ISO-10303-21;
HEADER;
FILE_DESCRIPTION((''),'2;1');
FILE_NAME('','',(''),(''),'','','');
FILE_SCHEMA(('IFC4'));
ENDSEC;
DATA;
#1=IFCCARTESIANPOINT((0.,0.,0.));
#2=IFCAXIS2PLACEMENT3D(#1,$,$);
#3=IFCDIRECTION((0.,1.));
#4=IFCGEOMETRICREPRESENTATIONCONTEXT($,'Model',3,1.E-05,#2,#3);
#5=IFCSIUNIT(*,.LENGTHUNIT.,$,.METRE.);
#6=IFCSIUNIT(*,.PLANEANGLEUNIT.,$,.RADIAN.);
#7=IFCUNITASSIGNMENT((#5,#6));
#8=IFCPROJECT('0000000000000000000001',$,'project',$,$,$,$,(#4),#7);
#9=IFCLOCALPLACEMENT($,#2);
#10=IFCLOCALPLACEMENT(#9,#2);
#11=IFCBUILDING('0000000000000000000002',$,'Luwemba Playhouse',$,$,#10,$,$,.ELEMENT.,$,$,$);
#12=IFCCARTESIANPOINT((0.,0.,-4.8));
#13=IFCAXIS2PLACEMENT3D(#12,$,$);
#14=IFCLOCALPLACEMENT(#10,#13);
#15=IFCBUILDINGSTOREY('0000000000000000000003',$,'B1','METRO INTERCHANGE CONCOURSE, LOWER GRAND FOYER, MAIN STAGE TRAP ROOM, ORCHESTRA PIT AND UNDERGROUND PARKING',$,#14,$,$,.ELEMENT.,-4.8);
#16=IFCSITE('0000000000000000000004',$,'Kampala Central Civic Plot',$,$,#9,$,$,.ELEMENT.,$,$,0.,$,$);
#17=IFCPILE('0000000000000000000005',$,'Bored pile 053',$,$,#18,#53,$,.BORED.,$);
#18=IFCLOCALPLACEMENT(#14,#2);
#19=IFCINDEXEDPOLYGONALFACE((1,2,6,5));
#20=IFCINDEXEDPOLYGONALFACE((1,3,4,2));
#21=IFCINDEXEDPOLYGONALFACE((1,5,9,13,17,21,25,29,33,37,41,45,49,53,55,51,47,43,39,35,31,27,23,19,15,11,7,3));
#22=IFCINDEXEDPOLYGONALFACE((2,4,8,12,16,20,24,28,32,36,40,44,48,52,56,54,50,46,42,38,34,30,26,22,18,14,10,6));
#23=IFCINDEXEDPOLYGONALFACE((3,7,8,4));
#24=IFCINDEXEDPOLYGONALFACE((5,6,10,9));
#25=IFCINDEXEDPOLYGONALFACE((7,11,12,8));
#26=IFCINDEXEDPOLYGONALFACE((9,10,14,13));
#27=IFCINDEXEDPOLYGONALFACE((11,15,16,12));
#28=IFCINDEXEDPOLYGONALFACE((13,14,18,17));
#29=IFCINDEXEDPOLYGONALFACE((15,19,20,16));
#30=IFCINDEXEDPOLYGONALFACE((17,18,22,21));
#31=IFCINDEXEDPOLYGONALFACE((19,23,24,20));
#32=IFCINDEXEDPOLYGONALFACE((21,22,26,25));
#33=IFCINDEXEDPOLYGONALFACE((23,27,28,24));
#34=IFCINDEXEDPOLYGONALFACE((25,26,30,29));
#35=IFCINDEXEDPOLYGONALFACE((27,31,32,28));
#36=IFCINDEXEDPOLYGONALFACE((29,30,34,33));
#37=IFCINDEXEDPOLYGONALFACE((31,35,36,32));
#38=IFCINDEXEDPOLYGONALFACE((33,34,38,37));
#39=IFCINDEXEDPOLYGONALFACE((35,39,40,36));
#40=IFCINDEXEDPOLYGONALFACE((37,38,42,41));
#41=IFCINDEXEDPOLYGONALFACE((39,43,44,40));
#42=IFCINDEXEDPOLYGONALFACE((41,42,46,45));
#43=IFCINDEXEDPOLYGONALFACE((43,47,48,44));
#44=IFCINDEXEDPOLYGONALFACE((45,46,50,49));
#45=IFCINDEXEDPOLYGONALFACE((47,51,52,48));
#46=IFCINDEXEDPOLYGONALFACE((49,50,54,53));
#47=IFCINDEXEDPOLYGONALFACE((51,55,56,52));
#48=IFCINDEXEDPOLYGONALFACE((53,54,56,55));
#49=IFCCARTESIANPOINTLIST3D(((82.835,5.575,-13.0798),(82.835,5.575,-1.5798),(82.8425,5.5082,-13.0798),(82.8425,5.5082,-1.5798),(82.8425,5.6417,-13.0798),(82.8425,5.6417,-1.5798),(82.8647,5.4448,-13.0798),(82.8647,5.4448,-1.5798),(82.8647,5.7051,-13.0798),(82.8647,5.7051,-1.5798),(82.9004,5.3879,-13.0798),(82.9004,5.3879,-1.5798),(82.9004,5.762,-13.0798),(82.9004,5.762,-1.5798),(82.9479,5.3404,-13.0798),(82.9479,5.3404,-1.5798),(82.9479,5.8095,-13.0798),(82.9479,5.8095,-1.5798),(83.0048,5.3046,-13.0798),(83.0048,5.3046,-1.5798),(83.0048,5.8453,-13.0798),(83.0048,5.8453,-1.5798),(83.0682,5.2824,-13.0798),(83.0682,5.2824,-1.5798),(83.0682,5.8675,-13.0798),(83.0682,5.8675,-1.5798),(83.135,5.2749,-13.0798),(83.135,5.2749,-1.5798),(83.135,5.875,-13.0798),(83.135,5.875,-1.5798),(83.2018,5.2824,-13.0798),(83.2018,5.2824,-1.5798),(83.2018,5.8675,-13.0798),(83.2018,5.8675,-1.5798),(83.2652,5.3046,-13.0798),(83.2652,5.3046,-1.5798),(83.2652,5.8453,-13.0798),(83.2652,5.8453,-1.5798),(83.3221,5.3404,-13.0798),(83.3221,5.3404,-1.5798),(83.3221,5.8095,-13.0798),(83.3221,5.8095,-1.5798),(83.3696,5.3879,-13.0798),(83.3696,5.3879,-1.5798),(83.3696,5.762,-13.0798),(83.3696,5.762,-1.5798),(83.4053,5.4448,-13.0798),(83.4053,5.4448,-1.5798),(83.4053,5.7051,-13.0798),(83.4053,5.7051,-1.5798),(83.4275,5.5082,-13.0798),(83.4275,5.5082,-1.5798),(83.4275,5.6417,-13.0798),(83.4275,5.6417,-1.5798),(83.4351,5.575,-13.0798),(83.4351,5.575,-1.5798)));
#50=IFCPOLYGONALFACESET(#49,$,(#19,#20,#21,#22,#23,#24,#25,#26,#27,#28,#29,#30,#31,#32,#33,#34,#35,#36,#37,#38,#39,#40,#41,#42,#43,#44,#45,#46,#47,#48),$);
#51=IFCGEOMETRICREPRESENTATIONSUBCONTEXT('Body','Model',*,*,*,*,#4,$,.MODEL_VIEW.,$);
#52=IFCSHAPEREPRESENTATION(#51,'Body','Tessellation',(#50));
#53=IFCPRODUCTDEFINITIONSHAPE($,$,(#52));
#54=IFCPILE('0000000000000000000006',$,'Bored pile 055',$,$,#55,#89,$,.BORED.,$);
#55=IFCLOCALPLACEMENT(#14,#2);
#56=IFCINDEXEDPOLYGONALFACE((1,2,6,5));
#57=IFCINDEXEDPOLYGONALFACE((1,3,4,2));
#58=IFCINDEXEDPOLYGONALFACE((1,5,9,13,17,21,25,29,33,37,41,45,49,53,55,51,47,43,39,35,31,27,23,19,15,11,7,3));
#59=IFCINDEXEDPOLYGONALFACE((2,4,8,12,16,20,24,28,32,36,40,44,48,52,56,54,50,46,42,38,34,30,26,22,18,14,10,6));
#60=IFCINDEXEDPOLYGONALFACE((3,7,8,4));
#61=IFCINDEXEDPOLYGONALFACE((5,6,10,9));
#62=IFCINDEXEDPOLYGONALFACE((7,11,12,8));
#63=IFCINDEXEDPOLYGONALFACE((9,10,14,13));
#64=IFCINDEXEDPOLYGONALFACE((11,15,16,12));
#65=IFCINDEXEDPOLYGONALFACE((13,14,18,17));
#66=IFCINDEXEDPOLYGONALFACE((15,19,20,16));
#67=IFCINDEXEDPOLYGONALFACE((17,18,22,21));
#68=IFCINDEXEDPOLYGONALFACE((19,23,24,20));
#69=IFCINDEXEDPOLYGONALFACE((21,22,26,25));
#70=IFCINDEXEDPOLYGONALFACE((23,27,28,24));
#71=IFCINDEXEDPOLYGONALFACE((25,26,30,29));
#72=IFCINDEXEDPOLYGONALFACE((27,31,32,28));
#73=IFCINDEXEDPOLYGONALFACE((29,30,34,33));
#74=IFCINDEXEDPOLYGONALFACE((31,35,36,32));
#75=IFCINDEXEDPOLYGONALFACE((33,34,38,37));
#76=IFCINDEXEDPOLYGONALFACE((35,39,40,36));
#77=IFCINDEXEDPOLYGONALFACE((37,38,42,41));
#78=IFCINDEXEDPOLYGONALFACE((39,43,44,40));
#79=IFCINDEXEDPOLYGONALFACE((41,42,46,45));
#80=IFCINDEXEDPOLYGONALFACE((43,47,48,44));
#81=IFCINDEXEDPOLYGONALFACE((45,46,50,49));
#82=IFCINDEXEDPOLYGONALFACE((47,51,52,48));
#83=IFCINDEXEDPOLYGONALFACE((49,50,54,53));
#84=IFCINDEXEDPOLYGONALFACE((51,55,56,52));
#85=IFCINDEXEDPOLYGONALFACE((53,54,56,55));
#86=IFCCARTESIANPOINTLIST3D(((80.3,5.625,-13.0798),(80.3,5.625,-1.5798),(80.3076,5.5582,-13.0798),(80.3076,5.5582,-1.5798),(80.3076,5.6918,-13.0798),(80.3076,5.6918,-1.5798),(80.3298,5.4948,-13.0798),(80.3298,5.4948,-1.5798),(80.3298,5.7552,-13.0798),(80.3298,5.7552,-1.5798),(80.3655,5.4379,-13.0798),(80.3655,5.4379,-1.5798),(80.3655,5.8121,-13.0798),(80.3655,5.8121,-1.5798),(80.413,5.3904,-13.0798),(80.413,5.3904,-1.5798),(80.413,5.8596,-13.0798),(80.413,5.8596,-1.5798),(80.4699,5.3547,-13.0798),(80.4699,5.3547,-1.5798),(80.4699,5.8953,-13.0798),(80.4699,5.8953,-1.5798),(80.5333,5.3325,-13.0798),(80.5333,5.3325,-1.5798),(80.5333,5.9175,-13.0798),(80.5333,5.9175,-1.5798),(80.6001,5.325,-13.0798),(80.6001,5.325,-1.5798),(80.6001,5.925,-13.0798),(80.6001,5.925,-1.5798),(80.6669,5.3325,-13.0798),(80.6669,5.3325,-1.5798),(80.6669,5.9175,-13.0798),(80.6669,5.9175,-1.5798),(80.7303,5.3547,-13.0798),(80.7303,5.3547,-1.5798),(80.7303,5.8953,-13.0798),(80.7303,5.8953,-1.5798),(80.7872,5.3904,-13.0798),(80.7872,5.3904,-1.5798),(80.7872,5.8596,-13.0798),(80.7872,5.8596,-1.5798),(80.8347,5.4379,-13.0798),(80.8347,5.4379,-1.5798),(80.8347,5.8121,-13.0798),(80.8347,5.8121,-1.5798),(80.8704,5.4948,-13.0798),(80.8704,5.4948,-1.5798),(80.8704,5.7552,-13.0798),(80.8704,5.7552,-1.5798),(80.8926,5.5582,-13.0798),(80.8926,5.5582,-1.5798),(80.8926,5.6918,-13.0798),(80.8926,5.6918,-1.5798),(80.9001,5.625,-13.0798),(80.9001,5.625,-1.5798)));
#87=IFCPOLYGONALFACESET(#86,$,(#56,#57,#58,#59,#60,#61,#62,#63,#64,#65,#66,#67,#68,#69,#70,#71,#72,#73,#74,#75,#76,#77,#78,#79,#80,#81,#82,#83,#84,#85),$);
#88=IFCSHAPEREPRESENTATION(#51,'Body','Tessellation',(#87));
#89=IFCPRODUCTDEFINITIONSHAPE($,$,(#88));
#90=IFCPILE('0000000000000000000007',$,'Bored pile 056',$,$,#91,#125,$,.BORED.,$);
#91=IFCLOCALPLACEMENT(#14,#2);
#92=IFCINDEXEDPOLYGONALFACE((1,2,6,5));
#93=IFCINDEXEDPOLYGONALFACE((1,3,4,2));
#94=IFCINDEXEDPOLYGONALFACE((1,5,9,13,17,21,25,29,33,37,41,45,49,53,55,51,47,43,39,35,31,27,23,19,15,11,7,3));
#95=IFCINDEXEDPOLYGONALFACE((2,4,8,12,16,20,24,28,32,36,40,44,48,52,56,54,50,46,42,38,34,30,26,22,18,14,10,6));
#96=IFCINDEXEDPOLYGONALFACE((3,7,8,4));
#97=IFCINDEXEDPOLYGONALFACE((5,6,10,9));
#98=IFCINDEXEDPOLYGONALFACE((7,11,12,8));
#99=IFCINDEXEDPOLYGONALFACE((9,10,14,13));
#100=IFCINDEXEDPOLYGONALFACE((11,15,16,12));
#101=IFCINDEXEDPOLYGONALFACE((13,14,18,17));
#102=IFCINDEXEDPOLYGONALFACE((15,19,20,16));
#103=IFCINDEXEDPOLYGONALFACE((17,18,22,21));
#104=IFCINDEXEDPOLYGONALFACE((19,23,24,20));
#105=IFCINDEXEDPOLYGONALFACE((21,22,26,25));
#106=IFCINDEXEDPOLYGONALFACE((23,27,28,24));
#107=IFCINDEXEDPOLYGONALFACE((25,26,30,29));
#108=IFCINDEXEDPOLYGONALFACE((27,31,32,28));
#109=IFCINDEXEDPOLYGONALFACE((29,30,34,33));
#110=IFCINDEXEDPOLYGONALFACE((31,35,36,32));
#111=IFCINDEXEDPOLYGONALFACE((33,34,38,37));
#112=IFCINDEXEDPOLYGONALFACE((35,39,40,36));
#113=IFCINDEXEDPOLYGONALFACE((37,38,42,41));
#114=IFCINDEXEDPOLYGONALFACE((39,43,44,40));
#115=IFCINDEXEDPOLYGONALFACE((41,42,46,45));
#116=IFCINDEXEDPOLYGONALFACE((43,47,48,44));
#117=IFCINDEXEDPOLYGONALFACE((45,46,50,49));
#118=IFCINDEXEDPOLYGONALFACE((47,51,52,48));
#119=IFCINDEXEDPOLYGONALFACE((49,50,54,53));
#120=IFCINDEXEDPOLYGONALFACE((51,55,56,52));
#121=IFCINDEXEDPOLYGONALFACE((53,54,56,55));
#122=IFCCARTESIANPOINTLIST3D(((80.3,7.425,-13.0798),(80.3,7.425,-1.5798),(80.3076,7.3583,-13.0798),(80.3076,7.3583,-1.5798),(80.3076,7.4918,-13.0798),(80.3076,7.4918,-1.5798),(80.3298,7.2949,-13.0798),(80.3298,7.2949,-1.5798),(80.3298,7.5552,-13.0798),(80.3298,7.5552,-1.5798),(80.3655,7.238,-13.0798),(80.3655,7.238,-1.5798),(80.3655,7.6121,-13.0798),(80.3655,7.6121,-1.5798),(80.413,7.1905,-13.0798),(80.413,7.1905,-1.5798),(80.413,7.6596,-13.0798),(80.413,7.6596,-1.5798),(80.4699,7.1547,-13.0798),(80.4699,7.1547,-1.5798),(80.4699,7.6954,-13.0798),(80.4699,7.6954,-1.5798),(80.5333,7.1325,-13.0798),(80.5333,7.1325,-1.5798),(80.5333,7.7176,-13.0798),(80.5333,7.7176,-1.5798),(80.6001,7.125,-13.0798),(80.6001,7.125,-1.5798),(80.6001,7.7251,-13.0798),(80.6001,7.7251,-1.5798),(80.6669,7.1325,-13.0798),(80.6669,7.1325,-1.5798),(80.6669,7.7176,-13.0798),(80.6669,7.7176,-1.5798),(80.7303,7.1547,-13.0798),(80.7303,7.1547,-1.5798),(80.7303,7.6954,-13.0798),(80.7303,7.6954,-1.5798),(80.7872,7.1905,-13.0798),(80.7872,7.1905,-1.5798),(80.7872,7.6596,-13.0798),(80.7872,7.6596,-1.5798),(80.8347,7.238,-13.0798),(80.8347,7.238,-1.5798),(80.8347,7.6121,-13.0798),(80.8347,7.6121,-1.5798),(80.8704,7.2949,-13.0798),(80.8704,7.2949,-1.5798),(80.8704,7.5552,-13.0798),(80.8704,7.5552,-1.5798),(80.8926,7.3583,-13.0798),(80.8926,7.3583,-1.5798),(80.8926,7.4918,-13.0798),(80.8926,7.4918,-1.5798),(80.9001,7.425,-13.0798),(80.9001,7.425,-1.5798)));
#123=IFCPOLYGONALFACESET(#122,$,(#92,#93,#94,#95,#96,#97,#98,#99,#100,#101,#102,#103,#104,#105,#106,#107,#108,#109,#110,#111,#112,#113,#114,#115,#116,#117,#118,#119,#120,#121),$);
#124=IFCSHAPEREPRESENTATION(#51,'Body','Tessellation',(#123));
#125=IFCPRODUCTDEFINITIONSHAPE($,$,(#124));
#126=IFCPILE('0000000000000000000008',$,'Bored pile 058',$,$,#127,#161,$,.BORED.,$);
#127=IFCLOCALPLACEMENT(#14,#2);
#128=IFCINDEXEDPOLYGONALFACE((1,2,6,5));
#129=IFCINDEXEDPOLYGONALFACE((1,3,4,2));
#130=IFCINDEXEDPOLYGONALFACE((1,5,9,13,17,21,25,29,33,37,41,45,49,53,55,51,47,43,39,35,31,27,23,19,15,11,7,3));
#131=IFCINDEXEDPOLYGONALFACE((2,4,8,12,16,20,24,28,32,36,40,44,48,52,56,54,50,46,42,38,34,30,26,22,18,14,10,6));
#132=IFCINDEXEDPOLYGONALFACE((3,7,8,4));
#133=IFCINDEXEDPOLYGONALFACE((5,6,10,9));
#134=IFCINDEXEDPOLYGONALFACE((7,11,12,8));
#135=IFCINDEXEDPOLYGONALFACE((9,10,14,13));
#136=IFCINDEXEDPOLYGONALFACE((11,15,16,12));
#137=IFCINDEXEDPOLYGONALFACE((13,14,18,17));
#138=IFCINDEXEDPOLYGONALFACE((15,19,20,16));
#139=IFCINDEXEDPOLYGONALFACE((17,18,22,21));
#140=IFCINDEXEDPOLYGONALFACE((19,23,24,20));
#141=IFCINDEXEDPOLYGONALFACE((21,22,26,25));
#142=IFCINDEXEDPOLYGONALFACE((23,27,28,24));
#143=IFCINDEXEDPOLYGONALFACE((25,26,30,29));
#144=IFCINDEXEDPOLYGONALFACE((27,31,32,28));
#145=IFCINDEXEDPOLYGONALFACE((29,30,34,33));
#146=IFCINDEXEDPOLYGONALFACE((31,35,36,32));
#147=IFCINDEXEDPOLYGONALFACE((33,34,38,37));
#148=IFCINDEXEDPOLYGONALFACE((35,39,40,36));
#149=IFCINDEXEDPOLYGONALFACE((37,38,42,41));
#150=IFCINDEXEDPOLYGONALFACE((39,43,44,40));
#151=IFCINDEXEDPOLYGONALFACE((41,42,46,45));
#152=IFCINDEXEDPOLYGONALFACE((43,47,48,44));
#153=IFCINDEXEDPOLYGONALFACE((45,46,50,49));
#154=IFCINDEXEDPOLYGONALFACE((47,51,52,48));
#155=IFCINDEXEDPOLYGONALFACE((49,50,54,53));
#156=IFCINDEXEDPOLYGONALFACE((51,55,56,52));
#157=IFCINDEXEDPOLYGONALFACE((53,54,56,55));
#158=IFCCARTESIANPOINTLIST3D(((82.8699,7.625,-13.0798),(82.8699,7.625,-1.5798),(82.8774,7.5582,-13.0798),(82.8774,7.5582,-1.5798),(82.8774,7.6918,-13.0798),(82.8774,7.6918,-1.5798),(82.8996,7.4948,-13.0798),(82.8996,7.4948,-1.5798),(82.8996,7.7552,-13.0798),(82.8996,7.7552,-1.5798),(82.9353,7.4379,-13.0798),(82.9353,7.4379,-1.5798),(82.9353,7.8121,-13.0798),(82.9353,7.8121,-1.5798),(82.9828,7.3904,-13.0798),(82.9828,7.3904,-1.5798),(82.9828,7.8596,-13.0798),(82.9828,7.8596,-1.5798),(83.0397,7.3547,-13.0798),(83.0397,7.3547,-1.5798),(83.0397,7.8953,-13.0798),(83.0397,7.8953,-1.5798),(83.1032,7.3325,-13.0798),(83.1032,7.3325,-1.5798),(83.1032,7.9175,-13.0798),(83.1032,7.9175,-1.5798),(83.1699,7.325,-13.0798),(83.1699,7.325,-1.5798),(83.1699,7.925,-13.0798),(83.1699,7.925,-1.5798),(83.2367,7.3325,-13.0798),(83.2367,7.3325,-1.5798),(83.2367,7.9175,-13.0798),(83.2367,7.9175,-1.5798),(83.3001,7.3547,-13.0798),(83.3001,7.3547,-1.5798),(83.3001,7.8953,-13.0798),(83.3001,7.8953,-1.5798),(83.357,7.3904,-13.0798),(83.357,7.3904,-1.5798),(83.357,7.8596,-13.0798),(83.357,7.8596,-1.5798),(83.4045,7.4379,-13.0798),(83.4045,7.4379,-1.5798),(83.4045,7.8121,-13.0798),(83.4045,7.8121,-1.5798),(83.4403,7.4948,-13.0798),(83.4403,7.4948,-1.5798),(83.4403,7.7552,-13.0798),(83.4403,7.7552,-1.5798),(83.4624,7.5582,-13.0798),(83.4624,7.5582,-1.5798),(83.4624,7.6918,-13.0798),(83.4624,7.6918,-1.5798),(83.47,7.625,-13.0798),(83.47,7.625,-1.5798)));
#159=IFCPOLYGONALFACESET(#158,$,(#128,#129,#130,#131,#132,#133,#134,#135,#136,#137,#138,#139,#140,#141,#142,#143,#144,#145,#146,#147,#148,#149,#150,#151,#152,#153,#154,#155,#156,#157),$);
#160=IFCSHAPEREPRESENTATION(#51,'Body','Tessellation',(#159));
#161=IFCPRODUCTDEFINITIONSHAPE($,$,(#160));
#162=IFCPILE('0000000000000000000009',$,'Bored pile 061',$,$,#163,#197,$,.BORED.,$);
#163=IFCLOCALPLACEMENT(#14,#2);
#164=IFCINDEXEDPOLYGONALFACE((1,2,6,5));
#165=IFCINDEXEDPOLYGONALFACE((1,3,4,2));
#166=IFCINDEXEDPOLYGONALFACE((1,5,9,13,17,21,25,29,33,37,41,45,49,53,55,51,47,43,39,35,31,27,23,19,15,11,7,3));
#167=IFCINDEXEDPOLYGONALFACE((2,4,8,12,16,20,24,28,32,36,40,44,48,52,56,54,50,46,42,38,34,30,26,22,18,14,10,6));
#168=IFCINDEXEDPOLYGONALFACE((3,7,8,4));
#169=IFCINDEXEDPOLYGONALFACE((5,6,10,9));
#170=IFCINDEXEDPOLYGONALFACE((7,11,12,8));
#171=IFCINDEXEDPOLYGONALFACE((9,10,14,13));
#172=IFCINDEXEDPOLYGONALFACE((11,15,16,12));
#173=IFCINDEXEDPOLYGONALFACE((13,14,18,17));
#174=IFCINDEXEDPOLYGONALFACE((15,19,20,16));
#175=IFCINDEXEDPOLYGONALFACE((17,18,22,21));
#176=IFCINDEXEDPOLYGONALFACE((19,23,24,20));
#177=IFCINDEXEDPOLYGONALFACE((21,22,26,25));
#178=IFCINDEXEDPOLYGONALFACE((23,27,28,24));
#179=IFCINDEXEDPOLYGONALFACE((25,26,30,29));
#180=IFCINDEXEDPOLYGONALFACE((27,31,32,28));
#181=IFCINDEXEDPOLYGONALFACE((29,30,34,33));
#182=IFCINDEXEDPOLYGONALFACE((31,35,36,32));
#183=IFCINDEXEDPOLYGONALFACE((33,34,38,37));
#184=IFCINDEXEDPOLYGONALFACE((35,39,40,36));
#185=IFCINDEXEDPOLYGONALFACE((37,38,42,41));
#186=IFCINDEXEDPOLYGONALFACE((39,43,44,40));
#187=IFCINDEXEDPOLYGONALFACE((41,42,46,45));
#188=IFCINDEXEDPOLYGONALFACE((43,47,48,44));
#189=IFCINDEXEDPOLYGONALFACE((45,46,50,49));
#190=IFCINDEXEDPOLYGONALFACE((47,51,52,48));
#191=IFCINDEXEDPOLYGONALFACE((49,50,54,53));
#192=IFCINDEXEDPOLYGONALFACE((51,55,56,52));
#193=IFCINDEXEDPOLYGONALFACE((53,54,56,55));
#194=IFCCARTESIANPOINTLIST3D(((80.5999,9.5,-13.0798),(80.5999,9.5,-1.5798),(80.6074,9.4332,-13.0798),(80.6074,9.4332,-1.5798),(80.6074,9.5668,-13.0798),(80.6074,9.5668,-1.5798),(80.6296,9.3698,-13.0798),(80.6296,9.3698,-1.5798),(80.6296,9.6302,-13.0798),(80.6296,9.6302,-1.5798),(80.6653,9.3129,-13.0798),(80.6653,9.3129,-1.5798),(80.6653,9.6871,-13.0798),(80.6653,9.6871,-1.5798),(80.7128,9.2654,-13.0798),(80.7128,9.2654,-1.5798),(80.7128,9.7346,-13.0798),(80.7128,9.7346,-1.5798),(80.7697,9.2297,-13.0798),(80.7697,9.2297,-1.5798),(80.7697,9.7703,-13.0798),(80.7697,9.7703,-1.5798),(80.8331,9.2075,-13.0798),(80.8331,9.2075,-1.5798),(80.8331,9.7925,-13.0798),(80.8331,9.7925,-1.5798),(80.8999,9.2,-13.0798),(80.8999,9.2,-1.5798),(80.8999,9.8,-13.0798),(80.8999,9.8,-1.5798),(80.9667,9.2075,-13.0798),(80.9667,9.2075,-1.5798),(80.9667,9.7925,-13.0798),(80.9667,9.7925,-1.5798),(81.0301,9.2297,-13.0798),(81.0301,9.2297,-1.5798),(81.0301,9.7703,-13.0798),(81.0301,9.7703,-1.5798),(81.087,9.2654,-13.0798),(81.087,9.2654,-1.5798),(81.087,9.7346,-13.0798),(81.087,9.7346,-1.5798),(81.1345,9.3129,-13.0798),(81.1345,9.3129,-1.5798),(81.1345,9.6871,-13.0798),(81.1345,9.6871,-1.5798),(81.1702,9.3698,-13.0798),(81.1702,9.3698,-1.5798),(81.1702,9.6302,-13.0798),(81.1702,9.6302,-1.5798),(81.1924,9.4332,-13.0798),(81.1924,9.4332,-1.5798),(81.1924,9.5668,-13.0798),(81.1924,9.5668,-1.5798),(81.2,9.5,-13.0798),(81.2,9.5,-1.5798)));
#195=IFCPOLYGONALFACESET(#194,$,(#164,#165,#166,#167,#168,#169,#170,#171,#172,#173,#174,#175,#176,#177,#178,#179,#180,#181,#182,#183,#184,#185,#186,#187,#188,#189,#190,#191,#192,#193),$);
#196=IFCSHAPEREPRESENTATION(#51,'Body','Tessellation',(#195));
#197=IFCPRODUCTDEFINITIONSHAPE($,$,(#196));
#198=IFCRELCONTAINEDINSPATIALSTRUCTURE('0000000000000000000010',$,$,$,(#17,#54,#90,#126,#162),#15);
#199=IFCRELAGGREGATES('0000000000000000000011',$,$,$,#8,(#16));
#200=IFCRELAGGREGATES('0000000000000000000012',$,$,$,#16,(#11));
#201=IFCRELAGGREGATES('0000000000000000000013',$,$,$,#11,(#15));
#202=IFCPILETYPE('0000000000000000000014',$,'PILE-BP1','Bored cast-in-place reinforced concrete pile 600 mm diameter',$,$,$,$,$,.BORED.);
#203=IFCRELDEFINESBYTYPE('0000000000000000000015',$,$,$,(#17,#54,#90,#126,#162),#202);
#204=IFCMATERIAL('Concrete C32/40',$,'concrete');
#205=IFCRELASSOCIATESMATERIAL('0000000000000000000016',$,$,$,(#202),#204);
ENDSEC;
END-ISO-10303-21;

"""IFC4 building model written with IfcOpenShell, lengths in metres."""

from ifc_helpers import new_model, si_unit, direction, frame, origin, origin_2d, place, context, subcontext, project, spatial, circle, extrude, material, material_profile, profile_set, type_object, element, save


model = new_model("IFC4")

# Units and contexts
model_context = context("Model", 3, precision=1e-05, world=origin(), true_north=direction((0.0, 1.0)))
body_context = subcontext(model_context, "Body", "Model", "MODEL_VIEW")
ifc_project = project(units=[si_unit("LENGTHUNIT", "METRE"), si_unit("PLANEANGLEUNIT", "RADIAN")], contexts=[model_context])

# Site, building, storey
site_placement = place(None, origin())
site = spatial("IfcSite", under=ifc_project, at=site_placement, Name="Kampala Central Civic Plot", CompositionType="ELEMENT", RefElevation=0.0)
building_placement = place(site_placement, origin())
building = spatial("IfcBuilding", under=site, at=building_placement, Name="Luwemba Playhouse", CompositionType="ELEMENT")
storey_placement = place(building_placement, frame((0.0, 0.0, -4.8)))
storey = spatial("IfcBuildingStorey", under=building, at=storey_placement, Name="B1", Description="METRO INTERCHANGE CONCOURSE, LOWER GRAND FOYER, MAIN STAGE TRAP ROOM, ORCHESTRA PIT AND UNDERGROUND PARKING", CompositionType="ELEMENT", Elevation=-4.8)

# Piles
ifc_material_1 = material(Name="Concrete C32/40", Category="concrete")
ifc_material_profile_1 = material_profile(ifc_material_1, circle(Radius=0.3, at=origin_2d()))
ifc_profile_set_1 = profile_set([ifc_material_profile_1], Name="Concrete C32/40")
pile_type = type_object("IfcPileType", Name="PILE-BP1", Description="Bored cast-in-place reinforced concrete pile 600 mm diameter", PredefinedType="BORED", material=ifc_profile_set_1)
for number, where, z_axis, x_axis, name in (
    (1, (83.135, 5.575, -1.5798), (0.0, 0.0, -1.0), (1.0, 0.0, 0.0), "Bored pile 053"),
    (2, (80.6001, 5.625, -1.5798), (0.0, 0.0, -1.0), (1.0, 0.0, 0.0), "Bored pile 055"),
    (3, (80.6001, 7.425, -1.5798), (0.0, 0.0, -1.0), (1.0, 0.0, 0.0), "Bored pile 056"),
    (4, (83.1699, 7.625, -1.5798), (0.0, 0.0, -1.0), (1.0, 0.0, 0.0), "Bored pile 058"),
    (5, (80.8999, 9.5, -1.5798), (0.0, 0.0, -1.0), (1.0, 0.0, 0.0), "Bored pile 061"),
):
    element("IfcPile", number, at=place(storey_placement, frame(where, z_axis=z_axis, x_axis=x_axis)), inside=storey, type_object=pile_type, Name=name, PredefinedType="BORED", context=body_context, shape_type="SweptSolid", body=[
        extrude(circle(Radius=0.3, at=origin_2d()), origin(), (0.0, 0.0, 1.0), 11.5),
    ])

save(model, "model.ifc")
